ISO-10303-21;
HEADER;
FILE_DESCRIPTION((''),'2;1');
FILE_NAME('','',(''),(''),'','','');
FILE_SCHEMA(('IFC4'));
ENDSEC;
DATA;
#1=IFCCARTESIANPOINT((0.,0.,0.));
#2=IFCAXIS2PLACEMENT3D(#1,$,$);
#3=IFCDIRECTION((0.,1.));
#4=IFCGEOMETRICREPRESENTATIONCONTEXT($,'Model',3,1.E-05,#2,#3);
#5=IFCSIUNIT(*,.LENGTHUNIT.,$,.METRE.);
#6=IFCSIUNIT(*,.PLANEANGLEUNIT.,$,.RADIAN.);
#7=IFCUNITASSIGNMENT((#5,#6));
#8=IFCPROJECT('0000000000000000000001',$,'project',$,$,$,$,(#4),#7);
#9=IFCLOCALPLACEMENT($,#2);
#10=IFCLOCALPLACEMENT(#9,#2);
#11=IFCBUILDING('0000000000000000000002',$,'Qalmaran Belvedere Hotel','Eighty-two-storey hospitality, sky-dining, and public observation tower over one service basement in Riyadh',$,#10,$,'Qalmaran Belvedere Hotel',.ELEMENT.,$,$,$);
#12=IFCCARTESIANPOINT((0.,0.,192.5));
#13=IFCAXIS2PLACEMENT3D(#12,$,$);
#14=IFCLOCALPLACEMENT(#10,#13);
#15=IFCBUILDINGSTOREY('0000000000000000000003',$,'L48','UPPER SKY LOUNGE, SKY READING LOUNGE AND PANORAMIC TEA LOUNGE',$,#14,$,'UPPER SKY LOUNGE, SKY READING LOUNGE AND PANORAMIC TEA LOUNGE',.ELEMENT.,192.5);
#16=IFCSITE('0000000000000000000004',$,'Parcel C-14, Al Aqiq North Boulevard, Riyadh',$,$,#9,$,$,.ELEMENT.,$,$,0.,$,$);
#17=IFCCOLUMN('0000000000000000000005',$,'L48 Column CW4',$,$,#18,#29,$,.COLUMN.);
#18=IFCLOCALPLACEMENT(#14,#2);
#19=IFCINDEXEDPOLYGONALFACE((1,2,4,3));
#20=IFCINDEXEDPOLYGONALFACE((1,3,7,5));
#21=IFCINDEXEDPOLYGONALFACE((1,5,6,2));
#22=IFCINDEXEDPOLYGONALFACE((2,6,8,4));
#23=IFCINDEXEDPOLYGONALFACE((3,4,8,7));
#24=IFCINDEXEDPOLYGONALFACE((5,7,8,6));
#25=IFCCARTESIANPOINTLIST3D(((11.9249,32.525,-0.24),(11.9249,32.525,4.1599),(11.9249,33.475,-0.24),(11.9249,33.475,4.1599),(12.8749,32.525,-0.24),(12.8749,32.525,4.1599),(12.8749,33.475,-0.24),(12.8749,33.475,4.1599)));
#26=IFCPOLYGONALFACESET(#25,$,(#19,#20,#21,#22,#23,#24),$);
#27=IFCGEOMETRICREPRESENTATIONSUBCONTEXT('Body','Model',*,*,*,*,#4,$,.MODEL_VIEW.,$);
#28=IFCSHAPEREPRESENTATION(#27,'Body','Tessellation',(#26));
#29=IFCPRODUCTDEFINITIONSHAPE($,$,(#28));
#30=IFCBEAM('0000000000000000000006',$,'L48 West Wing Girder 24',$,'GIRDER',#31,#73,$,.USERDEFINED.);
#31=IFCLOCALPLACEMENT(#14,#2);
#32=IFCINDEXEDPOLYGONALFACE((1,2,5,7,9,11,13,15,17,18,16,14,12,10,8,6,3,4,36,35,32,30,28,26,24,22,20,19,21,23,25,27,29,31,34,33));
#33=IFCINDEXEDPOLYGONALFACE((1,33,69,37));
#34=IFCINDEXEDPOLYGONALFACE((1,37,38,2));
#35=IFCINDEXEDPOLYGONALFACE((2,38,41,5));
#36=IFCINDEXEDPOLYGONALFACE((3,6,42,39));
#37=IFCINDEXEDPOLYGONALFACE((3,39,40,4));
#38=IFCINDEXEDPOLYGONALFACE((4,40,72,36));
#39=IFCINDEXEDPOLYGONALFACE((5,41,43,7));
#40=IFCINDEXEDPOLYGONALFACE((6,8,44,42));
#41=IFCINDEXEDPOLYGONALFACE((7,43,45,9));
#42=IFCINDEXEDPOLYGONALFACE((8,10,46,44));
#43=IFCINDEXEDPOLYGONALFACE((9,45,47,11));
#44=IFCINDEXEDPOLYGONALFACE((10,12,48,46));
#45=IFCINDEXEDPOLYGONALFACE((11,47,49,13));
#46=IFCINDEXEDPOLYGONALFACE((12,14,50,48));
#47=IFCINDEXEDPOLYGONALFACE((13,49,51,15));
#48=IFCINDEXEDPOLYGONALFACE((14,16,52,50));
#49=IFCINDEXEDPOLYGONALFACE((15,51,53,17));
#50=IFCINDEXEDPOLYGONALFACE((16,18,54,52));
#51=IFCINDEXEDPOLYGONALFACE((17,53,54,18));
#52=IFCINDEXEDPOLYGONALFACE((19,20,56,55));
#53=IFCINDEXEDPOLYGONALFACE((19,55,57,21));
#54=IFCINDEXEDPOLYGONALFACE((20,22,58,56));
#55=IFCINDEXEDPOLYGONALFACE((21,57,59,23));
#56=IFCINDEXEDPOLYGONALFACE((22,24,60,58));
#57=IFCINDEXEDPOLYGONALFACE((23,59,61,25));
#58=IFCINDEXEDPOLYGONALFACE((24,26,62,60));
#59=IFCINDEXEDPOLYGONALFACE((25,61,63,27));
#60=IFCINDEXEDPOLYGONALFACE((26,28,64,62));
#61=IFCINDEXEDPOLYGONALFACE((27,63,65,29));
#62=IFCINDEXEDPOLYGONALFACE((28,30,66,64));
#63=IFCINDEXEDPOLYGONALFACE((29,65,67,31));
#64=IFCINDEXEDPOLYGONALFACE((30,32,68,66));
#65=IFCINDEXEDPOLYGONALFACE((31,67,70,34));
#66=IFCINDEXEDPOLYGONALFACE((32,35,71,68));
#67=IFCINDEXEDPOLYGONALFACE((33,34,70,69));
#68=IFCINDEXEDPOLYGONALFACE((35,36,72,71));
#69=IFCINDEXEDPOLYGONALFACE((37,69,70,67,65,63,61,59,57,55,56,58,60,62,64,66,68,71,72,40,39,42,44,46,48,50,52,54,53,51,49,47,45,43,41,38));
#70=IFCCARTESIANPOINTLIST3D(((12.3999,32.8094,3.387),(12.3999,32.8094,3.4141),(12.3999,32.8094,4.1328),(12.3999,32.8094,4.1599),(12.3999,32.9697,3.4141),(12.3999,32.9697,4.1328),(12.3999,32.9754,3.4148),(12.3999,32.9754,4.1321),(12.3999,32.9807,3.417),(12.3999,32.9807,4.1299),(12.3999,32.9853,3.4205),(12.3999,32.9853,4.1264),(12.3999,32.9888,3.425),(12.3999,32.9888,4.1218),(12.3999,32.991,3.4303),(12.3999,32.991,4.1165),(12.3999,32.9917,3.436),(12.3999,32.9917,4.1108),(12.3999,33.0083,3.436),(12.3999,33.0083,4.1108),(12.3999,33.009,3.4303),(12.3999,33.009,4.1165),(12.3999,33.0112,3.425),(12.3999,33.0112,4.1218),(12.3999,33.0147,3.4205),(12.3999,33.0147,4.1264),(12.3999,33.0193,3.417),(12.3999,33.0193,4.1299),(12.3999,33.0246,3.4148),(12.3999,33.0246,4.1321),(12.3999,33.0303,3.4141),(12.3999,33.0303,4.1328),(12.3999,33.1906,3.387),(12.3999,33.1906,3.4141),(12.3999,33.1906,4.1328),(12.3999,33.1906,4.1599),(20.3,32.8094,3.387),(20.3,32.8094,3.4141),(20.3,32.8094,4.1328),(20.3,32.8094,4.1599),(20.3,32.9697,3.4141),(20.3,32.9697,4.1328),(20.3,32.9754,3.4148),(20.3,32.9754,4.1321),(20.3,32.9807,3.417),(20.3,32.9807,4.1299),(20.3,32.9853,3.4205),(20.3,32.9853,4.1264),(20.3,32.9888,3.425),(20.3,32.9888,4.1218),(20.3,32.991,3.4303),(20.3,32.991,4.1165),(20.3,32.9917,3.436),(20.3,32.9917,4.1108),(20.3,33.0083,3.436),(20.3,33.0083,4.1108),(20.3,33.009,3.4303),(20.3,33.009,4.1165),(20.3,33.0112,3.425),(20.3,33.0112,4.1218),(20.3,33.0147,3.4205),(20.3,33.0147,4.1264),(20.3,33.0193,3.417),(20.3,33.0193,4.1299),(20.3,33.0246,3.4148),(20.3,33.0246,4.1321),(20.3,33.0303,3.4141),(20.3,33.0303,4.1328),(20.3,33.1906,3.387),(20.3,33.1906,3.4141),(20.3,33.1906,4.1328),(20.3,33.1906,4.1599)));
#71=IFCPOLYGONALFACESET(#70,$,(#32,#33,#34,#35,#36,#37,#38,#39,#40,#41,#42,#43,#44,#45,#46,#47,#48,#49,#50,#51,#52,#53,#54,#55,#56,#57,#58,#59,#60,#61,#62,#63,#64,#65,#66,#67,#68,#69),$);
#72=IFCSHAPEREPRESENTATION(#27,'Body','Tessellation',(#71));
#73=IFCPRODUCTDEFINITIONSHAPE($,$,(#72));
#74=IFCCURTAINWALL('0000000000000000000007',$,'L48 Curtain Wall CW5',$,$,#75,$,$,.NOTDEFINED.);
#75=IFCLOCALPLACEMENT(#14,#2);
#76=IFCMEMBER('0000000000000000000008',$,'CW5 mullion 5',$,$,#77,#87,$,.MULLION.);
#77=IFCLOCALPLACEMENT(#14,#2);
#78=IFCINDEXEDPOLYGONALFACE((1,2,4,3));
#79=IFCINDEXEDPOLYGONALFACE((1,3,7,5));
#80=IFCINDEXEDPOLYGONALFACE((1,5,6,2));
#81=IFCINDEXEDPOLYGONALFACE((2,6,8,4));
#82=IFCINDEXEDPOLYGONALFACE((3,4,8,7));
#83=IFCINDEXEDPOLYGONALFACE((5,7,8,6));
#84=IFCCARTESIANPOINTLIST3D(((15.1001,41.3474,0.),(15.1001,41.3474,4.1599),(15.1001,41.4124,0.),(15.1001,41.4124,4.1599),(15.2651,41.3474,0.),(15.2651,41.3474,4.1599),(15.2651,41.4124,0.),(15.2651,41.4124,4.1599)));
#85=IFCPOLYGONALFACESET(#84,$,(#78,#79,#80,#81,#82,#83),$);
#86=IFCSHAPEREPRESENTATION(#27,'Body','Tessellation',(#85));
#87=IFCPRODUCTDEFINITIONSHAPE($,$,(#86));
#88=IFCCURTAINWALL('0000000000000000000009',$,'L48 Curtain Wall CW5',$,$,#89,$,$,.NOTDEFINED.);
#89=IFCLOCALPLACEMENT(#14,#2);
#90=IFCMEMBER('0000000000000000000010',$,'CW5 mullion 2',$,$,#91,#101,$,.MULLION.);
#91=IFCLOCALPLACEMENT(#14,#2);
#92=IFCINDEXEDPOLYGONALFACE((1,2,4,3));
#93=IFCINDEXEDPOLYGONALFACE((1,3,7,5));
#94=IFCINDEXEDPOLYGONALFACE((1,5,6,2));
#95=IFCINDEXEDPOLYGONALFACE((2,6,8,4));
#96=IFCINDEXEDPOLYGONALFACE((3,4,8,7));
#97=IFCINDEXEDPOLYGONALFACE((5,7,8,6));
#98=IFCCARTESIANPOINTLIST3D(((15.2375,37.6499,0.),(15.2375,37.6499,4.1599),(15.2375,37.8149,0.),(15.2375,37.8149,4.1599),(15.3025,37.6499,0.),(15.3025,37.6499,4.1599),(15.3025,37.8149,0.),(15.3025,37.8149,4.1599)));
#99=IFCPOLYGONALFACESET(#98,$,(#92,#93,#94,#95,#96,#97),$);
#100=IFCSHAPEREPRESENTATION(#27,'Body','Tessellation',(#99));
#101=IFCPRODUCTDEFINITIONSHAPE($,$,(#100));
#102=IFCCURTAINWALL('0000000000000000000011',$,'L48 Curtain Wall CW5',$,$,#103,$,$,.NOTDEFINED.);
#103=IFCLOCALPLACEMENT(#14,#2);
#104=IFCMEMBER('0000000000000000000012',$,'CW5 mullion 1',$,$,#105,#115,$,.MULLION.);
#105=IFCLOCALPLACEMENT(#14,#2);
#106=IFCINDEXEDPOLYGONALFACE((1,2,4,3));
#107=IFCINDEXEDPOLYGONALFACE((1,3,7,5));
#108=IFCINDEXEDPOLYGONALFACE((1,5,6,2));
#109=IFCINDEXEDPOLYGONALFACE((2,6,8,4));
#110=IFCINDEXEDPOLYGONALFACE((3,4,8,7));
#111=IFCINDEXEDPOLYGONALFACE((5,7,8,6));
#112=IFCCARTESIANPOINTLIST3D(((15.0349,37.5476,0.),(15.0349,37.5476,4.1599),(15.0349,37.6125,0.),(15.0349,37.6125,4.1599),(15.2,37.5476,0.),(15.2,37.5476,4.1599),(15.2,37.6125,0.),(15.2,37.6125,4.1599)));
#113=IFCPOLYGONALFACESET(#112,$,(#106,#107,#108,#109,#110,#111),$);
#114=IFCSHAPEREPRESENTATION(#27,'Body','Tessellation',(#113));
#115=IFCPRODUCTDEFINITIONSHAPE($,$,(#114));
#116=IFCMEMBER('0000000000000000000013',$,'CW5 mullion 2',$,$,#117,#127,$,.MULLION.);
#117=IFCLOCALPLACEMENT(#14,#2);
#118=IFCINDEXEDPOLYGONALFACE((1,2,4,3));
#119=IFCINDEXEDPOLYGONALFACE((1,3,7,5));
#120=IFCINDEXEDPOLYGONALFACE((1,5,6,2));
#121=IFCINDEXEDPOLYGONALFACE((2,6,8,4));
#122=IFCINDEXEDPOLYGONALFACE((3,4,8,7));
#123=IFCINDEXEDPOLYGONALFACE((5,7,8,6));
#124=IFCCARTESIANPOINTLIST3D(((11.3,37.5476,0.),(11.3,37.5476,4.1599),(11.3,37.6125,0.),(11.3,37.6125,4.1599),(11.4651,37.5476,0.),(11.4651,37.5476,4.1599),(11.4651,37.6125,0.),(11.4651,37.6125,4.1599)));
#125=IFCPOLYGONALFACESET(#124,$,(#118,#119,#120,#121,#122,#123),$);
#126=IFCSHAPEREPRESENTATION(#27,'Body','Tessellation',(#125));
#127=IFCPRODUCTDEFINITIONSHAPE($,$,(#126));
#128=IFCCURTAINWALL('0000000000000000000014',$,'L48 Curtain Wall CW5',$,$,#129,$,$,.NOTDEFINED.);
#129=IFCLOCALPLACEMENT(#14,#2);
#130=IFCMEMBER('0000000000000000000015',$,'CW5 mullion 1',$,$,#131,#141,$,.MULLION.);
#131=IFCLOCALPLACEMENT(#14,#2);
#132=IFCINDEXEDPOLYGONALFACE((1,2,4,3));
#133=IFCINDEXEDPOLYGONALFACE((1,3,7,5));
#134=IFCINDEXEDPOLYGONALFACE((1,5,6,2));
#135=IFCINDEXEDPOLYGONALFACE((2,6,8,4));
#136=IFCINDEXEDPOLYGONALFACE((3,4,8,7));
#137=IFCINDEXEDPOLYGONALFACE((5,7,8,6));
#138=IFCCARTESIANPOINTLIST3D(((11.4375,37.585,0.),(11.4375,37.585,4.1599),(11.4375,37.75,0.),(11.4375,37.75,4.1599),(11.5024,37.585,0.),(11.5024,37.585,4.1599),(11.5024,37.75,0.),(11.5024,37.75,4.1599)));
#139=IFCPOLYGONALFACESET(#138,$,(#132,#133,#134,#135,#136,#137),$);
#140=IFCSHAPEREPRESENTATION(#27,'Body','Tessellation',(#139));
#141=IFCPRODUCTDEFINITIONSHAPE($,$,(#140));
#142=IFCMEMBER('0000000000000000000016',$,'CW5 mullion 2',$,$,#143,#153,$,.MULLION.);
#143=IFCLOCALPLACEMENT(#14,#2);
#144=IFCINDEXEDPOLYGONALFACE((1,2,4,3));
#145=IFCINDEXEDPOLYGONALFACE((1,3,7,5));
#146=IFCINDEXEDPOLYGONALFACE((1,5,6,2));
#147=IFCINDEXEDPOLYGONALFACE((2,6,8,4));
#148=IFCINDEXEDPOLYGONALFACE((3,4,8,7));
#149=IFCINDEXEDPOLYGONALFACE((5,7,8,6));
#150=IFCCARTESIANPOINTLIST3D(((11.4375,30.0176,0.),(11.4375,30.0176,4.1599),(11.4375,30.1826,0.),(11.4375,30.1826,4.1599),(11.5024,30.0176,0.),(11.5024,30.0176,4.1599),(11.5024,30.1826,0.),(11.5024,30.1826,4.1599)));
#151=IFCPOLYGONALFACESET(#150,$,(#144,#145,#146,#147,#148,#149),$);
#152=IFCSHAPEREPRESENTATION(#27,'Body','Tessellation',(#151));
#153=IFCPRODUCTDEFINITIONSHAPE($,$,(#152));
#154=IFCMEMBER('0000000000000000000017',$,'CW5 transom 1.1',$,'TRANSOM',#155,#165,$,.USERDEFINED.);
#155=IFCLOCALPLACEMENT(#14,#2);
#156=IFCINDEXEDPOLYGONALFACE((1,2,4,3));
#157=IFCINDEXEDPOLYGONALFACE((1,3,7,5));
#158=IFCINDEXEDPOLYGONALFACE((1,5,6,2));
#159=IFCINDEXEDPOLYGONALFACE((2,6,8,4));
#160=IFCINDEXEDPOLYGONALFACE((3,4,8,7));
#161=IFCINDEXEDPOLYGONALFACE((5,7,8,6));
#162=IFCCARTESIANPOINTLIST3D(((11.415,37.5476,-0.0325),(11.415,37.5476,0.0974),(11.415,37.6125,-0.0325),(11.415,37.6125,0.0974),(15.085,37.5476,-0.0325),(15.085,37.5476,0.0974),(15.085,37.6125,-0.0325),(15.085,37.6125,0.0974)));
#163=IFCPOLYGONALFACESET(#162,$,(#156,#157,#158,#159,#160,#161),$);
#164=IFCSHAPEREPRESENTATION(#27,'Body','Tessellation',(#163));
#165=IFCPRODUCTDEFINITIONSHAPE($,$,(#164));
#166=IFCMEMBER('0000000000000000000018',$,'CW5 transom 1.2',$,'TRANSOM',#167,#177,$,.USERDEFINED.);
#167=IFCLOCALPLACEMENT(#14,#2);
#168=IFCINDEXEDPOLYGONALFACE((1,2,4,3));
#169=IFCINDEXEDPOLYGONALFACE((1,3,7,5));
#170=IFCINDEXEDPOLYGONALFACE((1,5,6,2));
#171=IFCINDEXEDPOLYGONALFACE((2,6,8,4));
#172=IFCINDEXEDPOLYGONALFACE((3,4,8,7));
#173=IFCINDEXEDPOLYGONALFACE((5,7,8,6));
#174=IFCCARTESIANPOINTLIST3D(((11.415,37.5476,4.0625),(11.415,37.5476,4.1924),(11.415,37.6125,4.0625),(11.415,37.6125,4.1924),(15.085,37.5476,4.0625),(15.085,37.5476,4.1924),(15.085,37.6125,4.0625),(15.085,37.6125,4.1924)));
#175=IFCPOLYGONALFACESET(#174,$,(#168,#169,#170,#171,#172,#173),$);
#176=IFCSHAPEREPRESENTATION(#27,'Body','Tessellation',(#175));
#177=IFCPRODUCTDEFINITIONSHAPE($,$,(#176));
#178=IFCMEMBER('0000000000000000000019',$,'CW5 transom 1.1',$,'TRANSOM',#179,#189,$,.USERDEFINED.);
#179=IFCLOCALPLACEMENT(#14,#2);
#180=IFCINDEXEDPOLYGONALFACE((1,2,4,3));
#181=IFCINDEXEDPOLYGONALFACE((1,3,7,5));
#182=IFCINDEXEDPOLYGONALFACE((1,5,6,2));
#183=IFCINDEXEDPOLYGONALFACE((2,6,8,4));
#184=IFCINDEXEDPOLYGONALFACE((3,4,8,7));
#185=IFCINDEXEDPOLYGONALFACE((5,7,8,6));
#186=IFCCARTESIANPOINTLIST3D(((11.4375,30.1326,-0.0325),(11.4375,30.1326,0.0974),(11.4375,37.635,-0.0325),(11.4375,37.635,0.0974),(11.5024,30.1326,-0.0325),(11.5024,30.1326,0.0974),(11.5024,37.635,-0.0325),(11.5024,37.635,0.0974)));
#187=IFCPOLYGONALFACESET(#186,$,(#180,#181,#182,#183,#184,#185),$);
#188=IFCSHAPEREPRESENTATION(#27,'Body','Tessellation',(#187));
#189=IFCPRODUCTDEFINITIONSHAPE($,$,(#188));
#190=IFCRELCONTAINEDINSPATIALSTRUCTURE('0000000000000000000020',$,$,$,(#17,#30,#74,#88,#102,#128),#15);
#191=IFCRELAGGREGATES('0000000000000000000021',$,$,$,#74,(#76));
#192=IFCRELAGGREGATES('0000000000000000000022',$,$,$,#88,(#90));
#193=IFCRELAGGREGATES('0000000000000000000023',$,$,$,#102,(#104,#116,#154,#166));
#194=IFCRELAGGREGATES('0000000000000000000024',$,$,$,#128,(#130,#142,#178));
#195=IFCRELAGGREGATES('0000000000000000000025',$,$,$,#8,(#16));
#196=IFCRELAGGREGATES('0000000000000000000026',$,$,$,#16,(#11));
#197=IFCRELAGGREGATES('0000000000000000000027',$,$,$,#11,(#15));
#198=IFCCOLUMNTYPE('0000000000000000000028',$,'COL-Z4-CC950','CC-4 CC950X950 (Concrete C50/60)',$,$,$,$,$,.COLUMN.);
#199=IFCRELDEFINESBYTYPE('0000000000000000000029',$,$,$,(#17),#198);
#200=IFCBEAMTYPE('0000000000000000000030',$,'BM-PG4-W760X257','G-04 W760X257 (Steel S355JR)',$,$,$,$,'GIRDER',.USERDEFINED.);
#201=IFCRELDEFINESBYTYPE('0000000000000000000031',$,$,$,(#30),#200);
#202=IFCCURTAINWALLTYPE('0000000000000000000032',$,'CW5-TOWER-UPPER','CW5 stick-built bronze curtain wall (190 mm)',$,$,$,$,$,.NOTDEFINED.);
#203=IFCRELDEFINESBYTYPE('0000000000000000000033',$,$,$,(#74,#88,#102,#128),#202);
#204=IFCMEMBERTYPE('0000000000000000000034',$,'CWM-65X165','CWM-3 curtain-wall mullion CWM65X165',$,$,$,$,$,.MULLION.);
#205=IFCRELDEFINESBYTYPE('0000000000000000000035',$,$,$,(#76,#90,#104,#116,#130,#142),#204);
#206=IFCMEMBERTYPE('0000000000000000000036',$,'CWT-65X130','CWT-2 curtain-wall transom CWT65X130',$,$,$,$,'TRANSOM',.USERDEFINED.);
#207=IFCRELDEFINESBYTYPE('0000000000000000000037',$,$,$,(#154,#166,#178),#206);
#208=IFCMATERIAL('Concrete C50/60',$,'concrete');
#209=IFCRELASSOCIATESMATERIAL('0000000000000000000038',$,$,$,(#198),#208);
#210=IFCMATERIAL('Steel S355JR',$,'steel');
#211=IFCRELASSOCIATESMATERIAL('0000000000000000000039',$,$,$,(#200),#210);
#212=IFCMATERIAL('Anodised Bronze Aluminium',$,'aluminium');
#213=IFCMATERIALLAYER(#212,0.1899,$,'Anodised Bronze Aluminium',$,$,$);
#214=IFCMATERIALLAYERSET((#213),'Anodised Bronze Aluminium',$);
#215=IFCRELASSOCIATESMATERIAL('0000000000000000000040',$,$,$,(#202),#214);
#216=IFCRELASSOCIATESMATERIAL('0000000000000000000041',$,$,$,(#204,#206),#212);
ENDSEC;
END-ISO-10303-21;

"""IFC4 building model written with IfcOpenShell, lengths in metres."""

from ifc_helpers import new_model, si_unit, direction, frame, origin, origin_2d, place, context, subcontext, project, spatial, rectangle, i_section, extrude, material, layer, layer_set, material_profile, profile_set, type_object, element, aggregate, save


model = new_model("IFC4")

# Units and contexts
model_context = context("Model", 3, precision=1e-05, world=origin(), true_north=direction((0.0, 1.0)))
body_context = subcontext(model_context, "Body", "Model", "MODEL_VIEW")
ifc_project = project(units=[si_unit("LENGTHUNIT", "METRE"), si_unit("PLANEANGLEUNIT", "RADIAN")], contexts=[model_context])

# Site, building, storey
site_placement = place(None, origin())
site = spatial("IfcSite", under=ifc_project, at=site_placement, Name="Parcel C-14, Al Aqiq North Boulevard, Riyadh", CompositionType="ELEMENT", RefElevation=0.0)
building_placement = place(site_placement, origin())
building = spatial("IfcBuilding", under=site, at=building_placement, Name="Qalmaran Belvedere Hotel", Description="Eighty-two-storey hospitality, sky-dining, and public observation tower over one service basement in Riyadh", LongName="Qalmaran Belvedere Hotel", CompositionType="ELEMENT")
storey_placement = place(building_placement, frame((0.0, 0.0, 192.5)))
storey = spatial("IfcBuildingStorey", under=building, at=storey_placement, Name="L48", Description="UPPER SKY LOUNGE, SKY READING LOUNGE AND PANORAMIC TEA LOUNGE", LongName="UPPER SKY LOUNGE, SKY READING LOUNGE AND PANORAMIC TEA LOUNGE", CompositionType="ELEMENT", Elevation=192.5)

# Column
ifc_material_1 = material(Name="Concrete C50/60", Category="concrete")
ifc_material_profile_1 = material_profile(ifc_material_1, rectangle(XDim=0.95, YDim=0.95, at=origin_2d()), Name="CC950X950")
ifc_profile_set_1 = profile_set([ifc_material_profile_1], Name="Concrete C50/60")
column_type = type_object("IfcColumnType", Name="COL-Z4-CC950", Description="CC-4 CC950X950 (Concrete C50/60)", PredefinedType="COLUMN", material=ifc_profile_set_1)
column_placement = place(storey_placement, frame((12.3999, 33.0, -0.24), z_axis=(0.0, 0.0, 1.0), x_axis=(1.0, 0.0, 0.0)))
element("IfcColumn", 1, at=column_placement, inside=storey, type_object=column_type, Name="L48 Column CW4", PredefinedType="COLUMN", context=body_context, shape_type="SweptSolid", body=[
    extrude(rectangle(XDim=0.95, YDim=0.95, at=origin_2d()), origin(), (0.0, 0.0, 1.0), 4.3999),
])

# Beam
ifc_material_2 = material(Name="Steel S355JR", Category="steel")
ifc_material_profile_2 = material_profile(ifc_material_2, i_section(OverallWidth=0.3811, OverallDepth=0.7729, WebThickness=0.0166, FlangeThickness=0.0271, FilletRadius=0.022, at=origin_2d()), Name="W760X257")
ifc_profile_set_2 = profile_set([ifc_material_profile_2], Name="Steel S355JR")
beam_type = type_object("IfcBeamType", Name="BM-PG4-W760X257", Description="G-04 W760X257 (Steel S355JR)", ElementType="GIRDER", PredefinedType="USERDEFINED", material=ifc_profile_set_2)
beam_placement = place(storey_placement, frame((12.3999, 33.0, 3.7734), z_axis=(1.0, 0.0, 0.0), x_axis=(0.0, 1.0, 0.0)))
element("IfcBeam", 2, at=beam_placement, inside=storey, type_object=beam_type, Name="L48 West Wing Girder 24", ObjectType="GIRDER", PredefinedType="USERDEFINED", context=body_context, shape_type="SweptSolid", body=[
    extrude(i_section(OverallWidth=0.3811, OverallDepth=0.7729, WebThickness=0.0166, FlangeThickness=0.0271, FilletRadius=0.022, at=origin_2d()), origin(), (0.0, 0.0, 1.0), 7.9001),
])

# Curtain walls, members
ifc_material_3 = material(Name="Anodised Bronze Aluminium", Category="aluminium")
ifc_layer_1 = layer(ifc_material_3, 0.1899, Name="Anodised Bronze Aluminium")
ifc_layer_set_1 = layer_set([ifc_layer_1], Name="Anodised Bronze Aluminium")
curtain_wall_type = type_object("IfcCurtainWallType", Name="CW5-TOWER-UPPER", Description="CW5 stick-built bronze curtain wall (190 mm)", PredefinedType="NOTDEFINED", material=ifc_layer_set_1)
curtain_wall_1_placement = place(storey_placement, origin())
curtain_wall_1 = element("IfcCurtainWall", 3, at=curtain_wall_1_placement, inside=storey, type_object=curtain_wall_type, Name="L48 Curtain Wall CW5", PredefinedType="NOTDEFINED")
ifc_material_profile_3 = material_profile(ifc_material_3, rectangle(XDim=0.0649, YDim=0.165, at=origin_2d()), Name="CWM65X165")
ifc_profile_set_3 = profile_set([ifc_material_profile_3], Name="Anodised Bronze Aluminium")
member_type_1 = type_object("IfcMemberType", Name="CWM-65X165", Description="CWM-3 curtain-wall mullion CWM65X165", PredefinedType="MULLION", material=ifc_profile_set_3)
member_1_placement = place(storey_placement, frame((15.1826, 41.3799, 0.0), z_axis=(0.0, 0.0, 1.0), x_axis=(0.0, -1.0, 0.0)))
member_1 = element("IfcMember", 4, at=member_1_placement, type_object=member_type_1, Name="CW5 mullion 5", PredefinedType="MULLION", context=body_context, shape_type="SweptSolid", body=[
    extrude(rectangle(XDim=0.0649, YDim=0.165, at=origin_2d()), origin(), (0.0, 0.0, 1.0), 4.1599),
])
aggregate(curtain_wall_1, [member_1])
curtain_wall_2_placement = place(storey_placement, origin())
curtain_wall_2 = element("IfcCurtainWall", 5, at=curtain_wall_2_placement, inside=storey, type_object=curtain_wall_type, Name="L48 Curtain Wall CW5", PredefinedType="NOTDEFINED")
member_2_placement = place(storey_placement, frame((15.27, 37.7324, 0.0), z_axis=(0.0, 0.0, 1.0), x_axis=(1.0, 0.0, 0.0)))
member_2 = element("IfcMember", 6, at=member_2_placement, type_object=member_type_1, Name="CW5 mullion 2", PredefinedType="MULLION", context=body_context, shape_type="SweptSolid", body=[
    extrude(rectangle(XDim=0.0649, YDim=0.165, at=origin_2d()), origin(), (0.0, 0.0, 1.0), 4.1599),
])
aggregate(curtain_wall_2, [member_2])

# Curtain walls, members
curtain_wall_3_placement = place(storey_placement, origin())
curtain_wall_3 = element("IfcCurtainWall", 7, at=curtain_wall_3_placement, inside=storey, type_object=curtain_wall_type, Name="L48 Curtain Wall CW5", PredefinedType="NOTDEFINED")
member_3_placement = place(storey_placement, frame((15.1174, 37.5801, 0.0), z_axis=(0.0, 0.0, 1.0), x_axis=(0.0, -1.0, 0.0)))
member_3 = element("IfcMember", 8, at=member_3_placement, type_object=member_type_1, Name="CW5 mullion 1", PredefinedType="MULLION", context=body_context, shape_type="SweptSolid", body=[
    extrude(rectangle(XDim=0.0649, YDim=0.165, at=origin_2d()), origin(), (0.0, 0.0, 1.0), 4.1599),
])
member_4_placement = place(storey_placement, frame((11.3826, 37.5801, 0.0), z_axis=(0.0, 0.0, 1.0), x_axis=(0.0, -1.0, 0.0)))
member_4 = element("IfcMember", 9, at=member_4_placement, type_object=member_type_1, Name="CW5 mullion 2", PredefinedType="MULLION", context=body_context, shape_type="SweptSolid", body=[
    extrude(rectangle(XDim=0.0649, YDim=0.165, at=origin_2d()), origin(), (0.0, 0.0, 1.0), 4.1599),
])
curtain_wall_4_placement = place(storey_placement, origin())
curtain_wall_4 = element("IfcCurtainWall", 10, at=curtain_wall_4_placement, inside=storey, type_object=curtain_wall_type, Name="L48 Curtain Wall CW5", PredefinedType="NOTDEFINED")
member_5_placement = place(storey_placement, frame((11.47, 37.6675, 0.0), z_axis=(0.0, 0.0, 1.0), x_axis=(1.0, 0.0, 0.0)))
member_5 = element("IfcMember", 11, at=member_5_placement, type_object=member_type_1, Name="CW5 mullion 1", PredefinedType="MULLION", context=body_context, shape_type="SweptSolid", body=[
    extrude(rectangle(XDim=0.0649, YDim=0.165, at=origin_2d()), origin(), (0.0, 0.0, 1.0), 4.1599),
])
member_6_placement = place(storey_placement, frame((11.47, 30.1001, 0.0), z_axis=(0.0, 0.0, 1.0), x_axis=(1.0, 0.0, 0.0)))
member_6 = element("IfcMember", 12, at=member_6_placement, type_object=member_type_1, Name="CW5 mullion 2", PredefinedType="MULLION", context=body_context, shape_type="SweptSolid", body=[
    extrude(rectangle(XDim=0.0649, YDim=0.165, at=origin_2d()), origin(), (0.0, 0.0, 1.0), 4.1599),
])

# Members
ifc_material_profile_4 = material_profile(ifc_material_3, rectangle(XDim=0.0649, YDim=0.1299, at=origin_2d()), Name="CWT65X130")
ifc_profile_set_4 = profile_set([ifc_material_profile_4], Name="Anodised Bronze Aluminium")
member_type_2 = type_object("IfcMemberType", Name="CWT-65X130", Description="CWT-2 curtain-wall transom CWT65X130", ElementType="TRANSOM", PredefinedType="USERDEFINED", material=ifc_profile_set_4)
member_7_placement = place(storey_placement, frame((15.085, 37.5801, 0.0325), z_axis=(-1.0, 0.0, 0.0), x_axis=(0.0, -1.0, 0.0)))
member_7 = element("IfcMember", 13, at=member_7_placement, type_object=member_type_2, Name="CW5 transom 1.1", ObjectType="TRANSOM", PredefinedType="USERDEFINED", context=body_context, shape_type="SweptSolid", body=[
    extrude(rectangle(XDim=0.0649, YDim=0.1299, at=origin_2d()), origin(), (0.0, 0.0, 1.0), 3.6699),
])
member_8_placement = place(storey_placement, frame((15.085, 37.5801, 4.1274), z_axis=(-1.0, 0.0, 0.0), x_axis=(0.0, -1.0, 0.0)))
member_8 = element("IfcMember", 14, at=member_8_placement, type_object=member_type_2, Name="CW5 transom 1.2", ObjectType="TRANSOM", PredefinedType="USERDEFINED", context=body_context, shape_type="SweptSolid", body=[
    extrude(rectangle(XDim=0.0649, YDim=0.1299, at=origin_2d()), origin(), (0.0, 0.0, 1.0), 3.6699),
])
member_9_placement = place(storey_placement, frame((11.47, 37.635, 0.0325), z_axis=(0.0, -1.0, 0.0), x_axis=(1.0, 0.0, 0.0)))
member_9 = element("IfcMember", 15, at=member_9_placement, type_object=member_type_2, Name="CW5 transom 1.1", ObjectType="TRANSOM", PredefinedType="USERDEFINED", context=body_context, shape_type="SweptSolid", body=[
    extrude(rectangle(XDim=0.0649, YDim=0.1299, at=origin_2d()), origin(), (0.0, 0.0, 1.0), 7.5024),
])

aggregate(curtain_wall_3, [member_3, member_4, member_7, member_8])
aggregate(curtain_wall_4, [member_5, member_6, member_9])

save(model, "model.ifc")
